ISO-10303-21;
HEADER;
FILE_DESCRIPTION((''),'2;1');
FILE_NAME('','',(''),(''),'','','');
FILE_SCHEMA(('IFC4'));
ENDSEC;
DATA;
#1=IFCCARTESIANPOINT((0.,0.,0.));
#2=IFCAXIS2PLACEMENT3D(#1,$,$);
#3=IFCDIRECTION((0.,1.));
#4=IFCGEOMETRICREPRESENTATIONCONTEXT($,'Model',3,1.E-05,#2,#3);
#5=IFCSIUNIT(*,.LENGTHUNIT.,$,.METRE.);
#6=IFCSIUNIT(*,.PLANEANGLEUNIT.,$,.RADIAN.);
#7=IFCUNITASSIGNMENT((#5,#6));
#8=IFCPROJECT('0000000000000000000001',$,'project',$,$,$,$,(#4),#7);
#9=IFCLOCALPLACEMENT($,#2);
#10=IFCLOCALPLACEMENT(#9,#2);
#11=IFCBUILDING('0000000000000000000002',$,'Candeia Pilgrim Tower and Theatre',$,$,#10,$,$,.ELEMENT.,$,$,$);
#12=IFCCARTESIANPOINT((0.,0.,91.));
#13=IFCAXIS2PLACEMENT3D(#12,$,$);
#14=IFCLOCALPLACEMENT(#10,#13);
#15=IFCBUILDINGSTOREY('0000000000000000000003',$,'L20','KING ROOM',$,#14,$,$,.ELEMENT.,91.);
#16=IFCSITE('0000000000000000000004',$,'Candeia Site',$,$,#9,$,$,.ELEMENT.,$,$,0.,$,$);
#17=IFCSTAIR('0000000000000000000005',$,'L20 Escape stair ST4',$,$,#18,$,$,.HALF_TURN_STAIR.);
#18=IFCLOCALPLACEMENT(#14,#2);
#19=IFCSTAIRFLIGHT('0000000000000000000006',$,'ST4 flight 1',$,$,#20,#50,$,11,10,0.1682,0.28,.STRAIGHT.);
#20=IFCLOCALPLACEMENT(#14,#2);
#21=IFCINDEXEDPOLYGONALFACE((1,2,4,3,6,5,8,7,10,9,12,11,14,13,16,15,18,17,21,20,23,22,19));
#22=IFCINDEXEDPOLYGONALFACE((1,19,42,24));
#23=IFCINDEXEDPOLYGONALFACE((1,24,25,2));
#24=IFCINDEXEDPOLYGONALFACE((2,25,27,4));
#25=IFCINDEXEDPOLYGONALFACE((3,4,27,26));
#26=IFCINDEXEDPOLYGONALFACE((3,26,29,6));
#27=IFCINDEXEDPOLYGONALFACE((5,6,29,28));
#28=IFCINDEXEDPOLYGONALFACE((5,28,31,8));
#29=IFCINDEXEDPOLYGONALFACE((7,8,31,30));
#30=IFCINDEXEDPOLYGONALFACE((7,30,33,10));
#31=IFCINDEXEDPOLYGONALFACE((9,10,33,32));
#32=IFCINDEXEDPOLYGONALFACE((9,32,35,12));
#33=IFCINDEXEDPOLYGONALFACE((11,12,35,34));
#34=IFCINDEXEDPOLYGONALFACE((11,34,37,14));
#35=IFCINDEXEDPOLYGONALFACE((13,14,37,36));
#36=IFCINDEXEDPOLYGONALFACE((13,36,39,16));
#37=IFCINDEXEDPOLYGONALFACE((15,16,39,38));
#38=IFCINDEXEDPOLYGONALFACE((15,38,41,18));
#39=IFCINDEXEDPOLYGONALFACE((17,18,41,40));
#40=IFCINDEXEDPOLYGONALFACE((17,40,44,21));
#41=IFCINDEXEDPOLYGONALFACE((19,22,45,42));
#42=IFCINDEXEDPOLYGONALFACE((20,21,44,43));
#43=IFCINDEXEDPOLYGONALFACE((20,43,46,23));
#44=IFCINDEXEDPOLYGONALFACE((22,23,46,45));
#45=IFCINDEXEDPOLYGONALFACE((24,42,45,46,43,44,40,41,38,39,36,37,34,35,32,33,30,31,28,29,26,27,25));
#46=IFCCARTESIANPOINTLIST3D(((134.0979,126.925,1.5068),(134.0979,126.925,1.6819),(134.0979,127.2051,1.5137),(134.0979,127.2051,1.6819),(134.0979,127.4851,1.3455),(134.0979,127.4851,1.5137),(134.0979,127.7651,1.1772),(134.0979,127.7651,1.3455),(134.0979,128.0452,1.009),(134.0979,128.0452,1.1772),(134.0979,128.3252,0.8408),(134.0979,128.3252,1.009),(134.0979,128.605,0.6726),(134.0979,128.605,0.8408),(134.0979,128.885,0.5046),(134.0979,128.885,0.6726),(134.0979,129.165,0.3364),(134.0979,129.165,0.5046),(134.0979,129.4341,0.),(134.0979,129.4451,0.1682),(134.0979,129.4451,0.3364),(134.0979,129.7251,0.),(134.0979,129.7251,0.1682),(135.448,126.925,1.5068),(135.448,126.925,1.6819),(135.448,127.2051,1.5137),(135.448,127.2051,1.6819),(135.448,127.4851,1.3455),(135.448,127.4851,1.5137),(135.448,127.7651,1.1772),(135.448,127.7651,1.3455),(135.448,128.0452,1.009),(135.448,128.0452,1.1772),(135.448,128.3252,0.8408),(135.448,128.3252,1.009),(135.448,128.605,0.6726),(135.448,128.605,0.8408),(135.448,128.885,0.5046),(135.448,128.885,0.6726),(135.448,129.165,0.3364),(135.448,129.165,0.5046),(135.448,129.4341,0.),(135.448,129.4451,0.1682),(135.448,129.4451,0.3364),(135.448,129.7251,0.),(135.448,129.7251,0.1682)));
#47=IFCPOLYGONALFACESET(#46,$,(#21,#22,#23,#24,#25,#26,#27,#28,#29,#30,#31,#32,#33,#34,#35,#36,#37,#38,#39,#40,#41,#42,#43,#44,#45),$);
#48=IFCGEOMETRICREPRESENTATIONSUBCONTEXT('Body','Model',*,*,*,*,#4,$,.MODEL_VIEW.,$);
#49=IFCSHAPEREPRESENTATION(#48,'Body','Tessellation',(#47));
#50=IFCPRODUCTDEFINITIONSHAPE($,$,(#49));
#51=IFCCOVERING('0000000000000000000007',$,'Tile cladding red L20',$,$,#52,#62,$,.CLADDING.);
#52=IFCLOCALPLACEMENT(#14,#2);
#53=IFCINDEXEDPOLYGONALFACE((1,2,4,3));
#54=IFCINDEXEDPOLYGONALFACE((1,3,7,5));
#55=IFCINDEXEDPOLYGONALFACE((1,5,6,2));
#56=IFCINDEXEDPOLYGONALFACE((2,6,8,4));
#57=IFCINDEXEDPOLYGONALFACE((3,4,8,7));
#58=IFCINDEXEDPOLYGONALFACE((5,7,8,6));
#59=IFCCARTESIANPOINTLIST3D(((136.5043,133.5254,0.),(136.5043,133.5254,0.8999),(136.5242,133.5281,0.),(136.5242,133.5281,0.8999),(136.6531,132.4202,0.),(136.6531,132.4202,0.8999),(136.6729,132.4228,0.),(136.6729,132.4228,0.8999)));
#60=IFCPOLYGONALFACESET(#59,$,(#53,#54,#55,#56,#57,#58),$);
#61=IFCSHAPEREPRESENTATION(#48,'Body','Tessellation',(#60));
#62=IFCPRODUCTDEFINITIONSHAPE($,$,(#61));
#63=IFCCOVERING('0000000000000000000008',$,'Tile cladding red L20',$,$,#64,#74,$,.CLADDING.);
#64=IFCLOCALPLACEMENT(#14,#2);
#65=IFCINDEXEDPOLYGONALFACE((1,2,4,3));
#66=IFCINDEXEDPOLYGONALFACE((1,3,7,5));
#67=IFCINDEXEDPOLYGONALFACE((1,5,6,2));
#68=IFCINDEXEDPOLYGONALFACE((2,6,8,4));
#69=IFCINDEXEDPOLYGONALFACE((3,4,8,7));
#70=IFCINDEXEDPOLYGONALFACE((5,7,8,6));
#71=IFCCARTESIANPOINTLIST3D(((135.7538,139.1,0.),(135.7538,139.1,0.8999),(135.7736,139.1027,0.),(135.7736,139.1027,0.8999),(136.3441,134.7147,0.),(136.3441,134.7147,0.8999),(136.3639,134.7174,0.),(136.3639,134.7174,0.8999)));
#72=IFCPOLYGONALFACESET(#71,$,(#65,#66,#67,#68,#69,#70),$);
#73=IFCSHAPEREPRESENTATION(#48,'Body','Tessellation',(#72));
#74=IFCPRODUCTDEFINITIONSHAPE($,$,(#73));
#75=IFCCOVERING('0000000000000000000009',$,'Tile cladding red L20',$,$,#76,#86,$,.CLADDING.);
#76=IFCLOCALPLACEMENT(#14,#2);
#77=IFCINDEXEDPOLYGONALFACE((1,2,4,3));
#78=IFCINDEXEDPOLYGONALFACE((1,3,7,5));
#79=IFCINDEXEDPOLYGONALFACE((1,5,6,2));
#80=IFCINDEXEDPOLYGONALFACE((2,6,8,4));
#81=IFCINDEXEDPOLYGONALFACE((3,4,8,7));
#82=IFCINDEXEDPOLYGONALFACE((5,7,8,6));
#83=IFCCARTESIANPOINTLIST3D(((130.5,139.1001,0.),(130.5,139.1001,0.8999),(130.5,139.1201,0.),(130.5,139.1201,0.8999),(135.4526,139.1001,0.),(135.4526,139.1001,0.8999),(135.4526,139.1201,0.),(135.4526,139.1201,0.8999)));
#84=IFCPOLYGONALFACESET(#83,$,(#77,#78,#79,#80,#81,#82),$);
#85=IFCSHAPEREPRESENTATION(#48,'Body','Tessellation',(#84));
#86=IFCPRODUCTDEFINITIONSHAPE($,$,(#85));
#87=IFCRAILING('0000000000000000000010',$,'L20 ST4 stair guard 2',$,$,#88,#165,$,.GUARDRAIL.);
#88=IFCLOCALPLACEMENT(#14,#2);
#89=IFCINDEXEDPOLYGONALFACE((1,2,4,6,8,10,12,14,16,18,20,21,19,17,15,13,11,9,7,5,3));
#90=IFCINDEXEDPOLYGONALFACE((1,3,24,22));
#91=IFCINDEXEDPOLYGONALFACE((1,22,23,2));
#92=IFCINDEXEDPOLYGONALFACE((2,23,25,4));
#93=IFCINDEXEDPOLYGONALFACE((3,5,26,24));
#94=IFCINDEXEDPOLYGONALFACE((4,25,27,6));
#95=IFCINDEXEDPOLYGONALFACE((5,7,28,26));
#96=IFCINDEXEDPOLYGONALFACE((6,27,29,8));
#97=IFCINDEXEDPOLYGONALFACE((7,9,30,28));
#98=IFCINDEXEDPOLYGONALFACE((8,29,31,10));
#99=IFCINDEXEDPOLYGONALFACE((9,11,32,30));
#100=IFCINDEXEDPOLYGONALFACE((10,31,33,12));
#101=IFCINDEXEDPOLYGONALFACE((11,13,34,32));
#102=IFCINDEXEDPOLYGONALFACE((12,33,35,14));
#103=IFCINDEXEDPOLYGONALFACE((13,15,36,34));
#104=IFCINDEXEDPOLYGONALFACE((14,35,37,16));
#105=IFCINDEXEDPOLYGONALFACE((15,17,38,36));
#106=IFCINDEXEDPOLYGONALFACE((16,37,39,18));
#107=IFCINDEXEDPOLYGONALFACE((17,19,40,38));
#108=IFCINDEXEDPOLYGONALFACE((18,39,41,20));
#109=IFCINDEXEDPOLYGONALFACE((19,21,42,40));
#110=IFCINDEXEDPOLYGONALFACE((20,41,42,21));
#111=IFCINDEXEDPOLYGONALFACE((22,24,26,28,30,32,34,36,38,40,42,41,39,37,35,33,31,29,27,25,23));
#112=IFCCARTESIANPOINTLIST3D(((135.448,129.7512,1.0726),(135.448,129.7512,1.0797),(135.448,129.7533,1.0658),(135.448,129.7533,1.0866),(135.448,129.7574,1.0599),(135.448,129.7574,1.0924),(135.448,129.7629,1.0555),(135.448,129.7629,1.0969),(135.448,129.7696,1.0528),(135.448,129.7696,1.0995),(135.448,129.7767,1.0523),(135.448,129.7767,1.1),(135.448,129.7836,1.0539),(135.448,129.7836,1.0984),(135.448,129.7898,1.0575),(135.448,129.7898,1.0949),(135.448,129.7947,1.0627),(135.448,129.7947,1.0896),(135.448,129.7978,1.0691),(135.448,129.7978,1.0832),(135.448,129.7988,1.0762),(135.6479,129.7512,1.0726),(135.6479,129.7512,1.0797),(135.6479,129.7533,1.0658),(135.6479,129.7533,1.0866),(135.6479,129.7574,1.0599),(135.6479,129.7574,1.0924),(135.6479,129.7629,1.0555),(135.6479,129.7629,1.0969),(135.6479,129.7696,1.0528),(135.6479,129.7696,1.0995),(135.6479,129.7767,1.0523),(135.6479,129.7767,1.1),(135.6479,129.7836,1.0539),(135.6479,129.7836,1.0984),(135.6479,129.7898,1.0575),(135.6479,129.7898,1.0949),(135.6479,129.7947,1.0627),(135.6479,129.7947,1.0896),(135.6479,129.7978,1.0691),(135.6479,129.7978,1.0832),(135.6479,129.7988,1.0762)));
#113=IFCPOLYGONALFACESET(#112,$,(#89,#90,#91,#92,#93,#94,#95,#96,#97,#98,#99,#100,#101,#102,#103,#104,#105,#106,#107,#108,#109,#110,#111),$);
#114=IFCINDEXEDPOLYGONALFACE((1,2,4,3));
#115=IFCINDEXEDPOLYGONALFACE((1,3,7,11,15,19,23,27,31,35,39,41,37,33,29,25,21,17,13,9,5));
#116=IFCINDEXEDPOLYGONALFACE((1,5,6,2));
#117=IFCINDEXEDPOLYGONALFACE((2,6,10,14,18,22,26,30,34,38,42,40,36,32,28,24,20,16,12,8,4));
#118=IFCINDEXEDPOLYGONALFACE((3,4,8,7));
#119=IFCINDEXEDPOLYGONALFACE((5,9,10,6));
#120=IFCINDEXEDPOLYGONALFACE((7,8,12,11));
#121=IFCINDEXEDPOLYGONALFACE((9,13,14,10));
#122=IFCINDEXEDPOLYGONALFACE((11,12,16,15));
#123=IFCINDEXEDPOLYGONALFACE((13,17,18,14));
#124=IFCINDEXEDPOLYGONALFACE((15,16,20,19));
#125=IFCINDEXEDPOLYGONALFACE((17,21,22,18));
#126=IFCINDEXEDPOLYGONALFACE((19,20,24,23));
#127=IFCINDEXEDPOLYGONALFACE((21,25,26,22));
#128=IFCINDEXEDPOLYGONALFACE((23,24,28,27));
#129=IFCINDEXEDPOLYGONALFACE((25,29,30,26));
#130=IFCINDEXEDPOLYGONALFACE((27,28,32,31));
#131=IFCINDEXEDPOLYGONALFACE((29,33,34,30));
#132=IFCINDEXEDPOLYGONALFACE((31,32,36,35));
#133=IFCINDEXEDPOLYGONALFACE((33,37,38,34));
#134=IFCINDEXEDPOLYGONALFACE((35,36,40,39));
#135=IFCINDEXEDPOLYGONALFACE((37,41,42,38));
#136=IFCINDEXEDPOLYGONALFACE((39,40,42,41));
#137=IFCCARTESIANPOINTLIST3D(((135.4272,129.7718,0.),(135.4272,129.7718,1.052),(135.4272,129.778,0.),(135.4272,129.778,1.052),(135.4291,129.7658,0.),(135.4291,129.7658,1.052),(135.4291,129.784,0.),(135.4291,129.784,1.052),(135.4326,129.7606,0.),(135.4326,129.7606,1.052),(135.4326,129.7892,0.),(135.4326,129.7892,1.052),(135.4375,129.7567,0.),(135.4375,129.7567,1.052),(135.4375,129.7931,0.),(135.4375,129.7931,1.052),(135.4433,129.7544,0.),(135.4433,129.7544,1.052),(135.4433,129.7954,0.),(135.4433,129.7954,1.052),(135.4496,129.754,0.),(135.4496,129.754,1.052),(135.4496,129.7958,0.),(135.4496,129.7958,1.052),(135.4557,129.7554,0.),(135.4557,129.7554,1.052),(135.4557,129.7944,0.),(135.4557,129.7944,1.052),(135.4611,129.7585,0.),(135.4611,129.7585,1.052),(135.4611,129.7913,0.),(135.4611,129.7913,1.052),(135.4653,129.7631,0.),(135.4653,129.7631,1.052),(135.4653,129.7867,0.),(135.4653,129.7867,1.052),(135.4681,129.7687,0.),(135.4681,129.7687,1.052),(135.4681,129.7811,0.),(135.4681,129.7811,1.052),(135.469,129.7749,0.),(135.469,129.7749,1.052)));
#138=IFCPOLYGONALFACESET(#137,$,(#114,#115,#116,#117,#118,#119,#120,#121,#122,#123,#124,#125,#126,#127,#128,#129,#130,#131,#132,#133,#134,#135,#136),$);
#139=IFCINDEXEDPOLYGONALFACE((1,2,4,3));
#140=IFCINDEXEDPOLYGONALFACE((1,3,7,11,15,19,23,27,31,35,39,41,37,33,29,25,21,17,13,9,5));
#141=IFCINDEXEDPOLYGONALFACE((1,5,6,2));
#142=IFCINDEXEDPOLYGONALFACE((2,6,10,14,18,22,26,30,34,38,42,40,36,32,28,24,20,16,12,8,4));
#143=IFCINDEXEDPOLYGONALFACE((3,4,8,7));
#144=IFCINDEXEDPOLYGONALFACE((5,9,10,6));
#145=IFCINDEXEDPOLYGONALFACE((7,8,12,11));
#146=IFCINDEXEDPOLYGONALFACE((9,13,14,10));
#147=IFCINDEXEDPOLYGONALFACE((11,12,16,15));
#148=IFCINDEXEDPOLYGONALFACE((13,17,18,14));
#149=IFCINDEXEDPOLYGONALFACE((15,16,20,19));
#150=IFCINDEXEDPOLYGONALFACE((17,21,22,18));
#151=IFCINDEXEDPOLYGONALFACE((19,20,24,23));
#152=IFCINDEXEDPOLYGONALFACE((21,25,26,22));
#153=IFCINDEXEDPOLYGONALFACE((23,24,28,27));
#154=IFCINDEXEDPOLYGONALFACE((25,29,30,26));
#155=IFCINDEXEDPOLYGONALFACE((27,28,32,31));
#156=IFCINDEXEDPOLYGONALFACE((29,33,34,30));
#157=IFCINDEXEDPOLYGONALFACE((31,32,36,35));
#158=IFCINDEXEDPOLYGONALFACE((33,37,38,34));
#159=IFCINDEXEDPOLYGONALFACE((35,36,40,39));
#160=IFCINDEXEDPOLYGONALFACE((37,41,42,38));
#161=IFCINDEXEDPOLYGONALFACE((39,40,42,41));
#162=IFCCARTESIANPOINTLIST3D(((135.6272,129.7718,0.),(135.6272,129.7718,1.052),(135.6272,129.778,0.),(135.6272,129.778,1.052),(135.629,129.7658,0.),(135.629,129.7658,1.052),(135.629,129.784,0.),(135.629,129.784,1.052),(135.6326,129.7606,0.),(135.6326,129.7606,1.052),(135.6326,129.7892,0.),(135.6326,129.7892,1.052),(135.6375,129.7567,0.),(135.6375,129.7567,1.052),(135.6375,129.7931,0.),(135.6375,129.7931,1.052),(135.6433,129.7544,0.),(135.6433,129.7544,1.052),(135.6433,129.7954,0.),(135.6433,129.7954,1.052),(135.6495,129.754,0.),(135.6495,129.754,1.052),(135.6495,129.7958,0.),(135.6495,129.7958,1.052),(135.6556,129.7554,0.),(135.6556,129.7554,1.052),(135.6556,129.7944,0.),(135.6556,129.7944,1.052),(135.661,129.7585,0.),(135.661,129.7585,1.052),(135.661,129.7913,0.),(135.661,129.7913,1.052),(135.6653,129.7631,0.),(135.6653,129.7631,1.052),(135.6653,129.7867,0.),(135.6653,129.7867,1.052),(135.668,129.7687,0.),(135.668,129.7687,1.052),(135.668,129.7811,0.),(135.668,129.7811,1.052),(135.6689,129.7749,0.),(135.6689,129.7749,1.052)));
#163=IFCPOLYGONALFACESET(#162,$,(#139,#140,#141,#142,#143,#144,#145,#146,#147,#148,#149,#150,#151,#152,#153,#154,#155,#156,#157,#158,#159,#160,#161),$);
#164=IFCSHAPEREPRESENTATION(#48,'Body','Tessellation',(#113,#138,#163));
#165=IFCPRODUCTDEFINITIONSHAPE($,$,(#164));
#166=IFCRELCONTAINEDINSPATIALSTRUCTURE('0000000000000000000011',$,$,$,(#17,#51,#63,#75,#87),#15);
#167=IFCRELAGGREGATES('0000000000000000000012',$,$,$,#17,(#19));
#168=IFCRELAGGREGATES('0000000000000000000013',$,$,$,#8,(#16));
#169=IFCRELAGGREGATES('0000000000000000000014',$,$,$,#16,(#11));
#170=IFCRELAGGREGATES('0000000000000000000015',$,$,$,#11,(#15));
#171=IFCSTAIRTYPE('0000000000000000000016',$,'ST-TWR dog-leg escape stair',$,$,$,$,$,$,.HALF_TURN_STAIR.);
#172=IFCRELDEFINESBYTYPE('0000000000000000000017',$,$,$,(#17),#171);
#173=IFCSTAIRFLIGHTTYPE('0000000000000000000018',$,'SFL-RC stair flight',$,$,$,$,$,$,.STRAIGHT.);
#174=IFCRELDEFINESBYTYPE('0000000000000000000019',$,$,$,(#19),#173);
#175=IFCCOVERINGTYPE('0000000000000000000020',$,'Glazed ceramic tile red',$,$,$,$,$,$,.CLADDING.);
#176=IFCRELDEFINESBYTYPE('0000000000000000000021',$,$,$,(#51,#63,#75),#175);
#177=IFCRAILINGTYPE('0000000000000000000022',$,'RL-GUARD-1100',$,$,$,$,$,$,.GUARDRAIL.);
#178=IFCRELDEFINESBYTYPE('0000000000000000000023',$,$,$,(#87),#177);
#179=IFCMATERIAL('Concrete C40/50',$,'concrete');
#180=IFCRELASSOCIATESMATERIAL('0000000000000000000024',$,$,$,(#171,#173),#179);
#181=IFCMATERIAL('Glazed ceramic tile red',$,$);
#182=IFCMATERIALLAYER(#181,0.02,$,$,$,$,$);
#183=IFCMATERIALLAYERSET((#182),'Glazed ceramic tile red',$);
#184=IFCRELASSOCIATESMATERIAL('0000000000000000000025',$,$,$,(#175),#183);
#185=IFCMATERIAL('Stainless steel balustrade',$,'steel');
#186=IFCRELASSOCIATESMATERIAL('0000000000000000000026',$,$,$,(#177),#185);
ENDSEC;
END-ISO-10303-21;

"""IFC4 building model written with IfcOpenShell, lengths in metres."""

from ifc_helpers import new_model, si_unit, direction, frame, origin, origin_2d, place, context, subcontext, project, spatial, polyline, rectangle, circle, outline, extrude, material, layer, layer_set, type_object, element, aggregate, save


model = new_model("IFC4")

# Units and contexts
model_context = context("Model", 3, precision=1e-05, world=origin(), true_north=direction((0.0, 1.0)))
body_context = subcontext(model_context, "Body", "Model", "MODEL_VIEW")
ifc_project = project(units=[si_unit("LENGTHUNIT", "METRE"), si_unit("PLANEANGLEUNIT", "RADIAN")], contexts=[model_context])

# Site, building, storey
site_placement = place(None, origin())
site = spatial("IfcSite", under=ifc_project, at=site_placement, Name="Candeia Site", CompositionType="ELEMENT", RefElevation=0.0)
building_placement = place(site_placement, origin())
building = spatial("IfcBuilding", under=site, at=building_placement, Name="Candeia Pilgrim Tower and Theatre", CompositionType="ELEMENT")
storey_placement = place(building_placement, frame((0.0, 0.0, 91.0)))
storey = spatial("IfcBuildingStorey", under=building, at=storey_placement, Name="L20", Description="KING ROOM", CompositionType="ELEMENT", Elevation=91.0)

# Shared definitions
ifc_material_1 = material(Name="Concrete C40/50", Category="concrete")

# Stair, stair flight
stair_type = type_object("IfcStairType", Name="ST-TWR dog-leg escape stair", PredefinedType="HALF_TURN_STAIR", material=ifc_material_1)
stair_placement = place(storey_placement, origin())
stair = element("IfcStair", 1, at=stair_placement, inside=storey, type_object=stair_type, Name="L20 Escape stair ST4", PredefinedType="HALF_TURN_STAIR")
stair_flight_type = type_object("IfcStairFlightType", Name="SFL-RC stair flight", PredefinedType="STRAIGHT", material=ifc_material_1)
stair_flight_placement = place(storey_placement, frame((134.7729, 129.7251, 0.0), z_axis=(0.0, 0.0, 1.0), x_axis=(0.0, -1.0, 0.0)))
stair_flight = element("IfcStairFlight", 2, at=stair_flight_placement, type_object=stair_flight_type, Name="ST4 flight 1", NumberOfRisers=11, NumberOfTreads=10, PredefinedType="STRAIGHT", RiserHeight=0.1682, TreadLength=0.28, context=body_context, shape_type="SweptSolid", body=[
    extrude(outline(polyline([(0.0, 0.0), (0.0, 0.1682), (0.28, 0.1682), (0.28, 0.3364), (0.5601, 0.3364), (0.5601, 0.5046), (0.8401, 0.5046), (0.8401, 0.6726), (1.1201, 0.6726), (1.1201, 0.8408), (1.3999, 0.8408), (1.3999, 1.009), (1.6799, 1.009), (1.6799, 1.1772), (1.96, 1.1772), (1.96, 1.3455), (2.24, 1.3455), (2.24, 1.5137), (2.52, 1.5137), (2.52, 1.6819), (2.8, 1.6819), (2.8, 1.8501), (2.8, 1.5068), (0.291, 0.0), (0.0, 0.0)])), frame((0.0, 0.675, 0.0), z_axis=(0.0, -1.0, 0.0), x_axis=(1.0, 0.0, 0.0)), (0.0, 0.0, 1.0), 1.3501),
])
aggregate(stair, [stair_flight])

# Coverings
ifc_material_2 = material(Name="Glazed ceramic tile red")
ifc_layer_1 = layer(ifc_material_2, 0.02)
ifc_layer_set_1 = layer_set([ifc_layer_1], Name="Glazed ceramic tile red")
covering_type = type_object("IfcCoveringType", Name="Glazed ceramic tile red", PredefinedType="CLADDING", material=ifc_layer_set_1)
covering_1_placement = place(storey_placement, frame((136.5886, 132.9741, 0.0), z_axis=(0.0, 0.0, 1.0), x_axis=(-0.133412, 0.991061, 0.0)))
element("IfcCovering", 3, at=covering_1_placement, inside=storey, type_object=covering_type, Name="Tile cladding red L20", PredefinedType="CLADDING", context=body_context, shape_type="SweptSolid", body=[
    extrude(rectangle(XDim=1.1152, YDim=0.02, at=origin_2d()), origin(), (0.0, 0.0, 1.0), 0.8999),
])
covering_2_placement = place(storey_placement, frame((136.0588, 136.9087, 0.0), z_axis=(0.0, 0.0, 1.0), x_axis=(-0.133412, 0.991061, 0.0)))
element("IfcCovering", 4, at=covering_2_placement, inside=storey, type_object=covering_type, Name="Tile cladding red L20", PredefinedType="CLADDING", context=body_context, shape_type="SweptSolid", body=[
    extrude(rectangle(XDim=4.4248, YDim=0.02, at=origin_2d()), origin(), (0.0, 0.0, 1.0), 0.8999),
])
covering_3_placement = place(storey_placement, frame((132.9763, 139.1101, 0.0), z_axis=(0.0, 0.0, 1.0), x_axis=(-1.0, 0.0, 0.0)))
element("IfcCovering", 5, at=covering_3_placement, inside=storey, type_object=covering_type, Name="Tile cladding red L20", PredefinedType="CLADDING", context=body_context, shape_type="SweptSolid", body=[
    extrude(rectangle(XDim=4.9526, YDim=0.02, at=origin_2d()), origin(), (0.0, 0.0, 1.0), 0.8999),
])

# Railing
ifc_material_3 = material(Name="Stainless steel balustrade", Category="steel")
railing_type = type_object("IfcRailingType", Name="RL-GUARD-1100", PredefinedType="GUARDRAIL", material=ifc_material_3)
railing_1_placement = place(storey_placement, frame((135.448, 129.7749, 0.0)))
element("IfcRailing", 6, at=railing_1_placement, inside=storey, type_object=railing_type, Name="L20 ST4 stair guard 2", PredefinedType="GUARDRAIL", context=body_context, shape_type="SweptSolid", body=[
    extrude(circle(Radius=0.0239, at=origin_2d()), frame((0.0, 0.0, 1.0762), z_axis=(1.0, 0.0, 0.0), x_axis=(0.0, 1.0, 0.0)), (0.0, 0.0, 1.0), 0.2),
    extrude(circle(Radius=0.021, at=origin_2d()), origin(), (0.0, 0.0, 1.0), 1.052),
    extrude(circle(Radius=0.021, at=origin_2d()), frame((0.2, 0.0, 0.0)), (0.0, 0.0, 1.0), 1.052),
])

save(model, "model.ifc")
